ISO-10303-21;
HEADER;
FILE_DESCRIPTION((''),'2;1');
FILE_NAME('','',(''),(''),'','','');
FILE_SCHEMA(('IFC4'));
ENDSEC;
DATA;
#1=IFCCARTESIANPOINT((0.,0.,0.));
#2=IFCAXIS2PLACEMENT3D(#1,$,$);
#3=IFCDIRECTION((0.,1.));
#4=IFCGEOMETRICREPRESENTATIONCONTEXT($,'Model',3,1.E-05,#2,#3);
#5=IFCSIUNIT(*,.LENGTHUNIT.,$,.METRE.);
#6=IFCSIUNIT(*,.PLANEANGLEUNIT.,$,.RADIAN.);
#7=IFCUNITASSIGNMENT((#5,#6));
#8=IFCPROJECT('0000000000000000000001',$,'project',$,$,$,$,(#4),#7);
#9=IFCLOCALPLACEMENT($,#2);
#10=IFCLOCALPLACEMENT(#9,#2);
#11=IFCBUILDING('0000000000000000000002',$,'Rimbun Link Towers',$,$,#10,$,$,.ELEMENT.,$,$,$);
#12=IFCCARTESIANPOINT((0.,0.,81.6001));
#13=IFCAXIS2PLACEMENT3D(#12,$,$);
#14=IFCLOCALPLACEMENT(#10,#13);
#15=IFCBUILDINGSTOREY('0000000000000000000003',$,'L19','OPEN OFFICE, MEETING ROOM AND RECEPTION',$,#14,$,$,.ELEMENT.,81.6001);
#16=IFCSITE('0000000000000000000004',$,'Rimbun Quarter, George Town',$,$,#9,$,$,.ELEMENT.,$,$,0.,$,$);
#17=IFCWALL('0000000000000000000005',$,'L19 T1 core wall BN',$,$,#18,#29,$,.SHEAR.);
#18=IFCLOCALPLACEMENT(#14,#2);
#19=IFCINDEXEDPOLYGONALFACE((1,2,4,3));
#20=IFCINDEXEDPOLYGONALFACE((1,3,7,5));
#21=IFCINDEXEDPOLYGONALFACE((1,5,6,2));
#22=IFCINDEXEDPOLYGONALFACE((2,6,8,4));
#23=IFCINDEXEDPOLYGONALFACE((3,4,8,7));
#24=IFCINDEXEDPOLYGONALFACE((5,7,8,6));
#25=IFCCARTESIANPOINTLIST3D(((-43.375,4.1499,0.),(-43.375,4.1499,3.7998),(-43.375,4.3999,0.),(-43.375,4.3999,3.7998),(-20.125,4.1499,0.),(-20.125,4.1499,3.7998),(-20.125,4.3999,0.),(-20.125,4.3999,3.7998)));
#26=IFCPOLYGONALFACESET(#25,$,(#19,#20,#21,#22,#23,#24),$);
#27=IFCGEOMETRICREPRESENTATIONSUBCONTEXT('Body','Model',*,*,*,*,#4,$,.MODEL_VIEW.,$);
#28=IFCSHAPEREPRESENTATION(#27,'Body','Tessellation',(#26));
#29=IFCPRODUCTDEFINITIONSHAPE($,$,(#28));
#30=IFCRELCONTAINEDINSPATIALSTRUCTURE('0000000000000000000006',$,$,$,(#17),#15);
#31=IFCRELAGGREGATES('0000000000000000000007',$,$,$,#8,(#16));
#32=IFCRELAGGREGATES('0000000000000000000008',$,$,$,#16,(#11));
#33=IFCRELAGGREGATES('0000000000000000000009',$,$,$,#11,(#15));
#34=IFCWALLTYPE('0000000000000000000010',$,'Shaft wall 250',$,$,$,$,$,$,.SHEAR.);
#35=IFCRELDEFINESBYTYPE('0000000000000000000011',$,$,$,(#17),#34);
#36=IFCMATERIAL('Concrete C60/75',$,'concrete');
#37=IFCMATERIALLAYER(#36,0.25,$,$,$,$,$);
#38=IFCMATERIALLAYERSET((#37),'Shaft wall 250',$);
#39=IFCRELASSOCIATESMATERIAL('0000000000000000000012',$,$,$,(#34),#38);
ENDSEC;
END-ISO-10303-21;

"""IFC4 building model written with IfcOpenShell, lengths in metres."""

from ifc_helpers import new_model, si_unit, direction, frame, frame_2d, origin, place, context, subcontext, project, spatial, rectangle, extrude, material, layer, layer_set, type_object, element, save


model = new_model("IFC4")

# Units and contexts
model_context = context("Model", 3, precision=1e-05, world=origin(), true_north=direction((0.0, 1.0)))
body_context = subcontext(model_context, "Body", "Model", "MODEL_VIEW")
ifc_project = project(units=[si_unit("LENGTHUNIT", "METRE"), si_unit("PLANEANGLEUNIT", "RADIAN")], contexts=[model_context])

# Site, building, storey
site_placement = place(None, origin())
site = spatial("IfcSite", under=ifc_project, at=site_placement, Name="Rimbun Quarter, George Town", CompositionType="ELEMENT", RefElevation=0.0)
building_placement = place(site_placement, origin())
building = spatial("IfcBuilding", under=site, at=building_placement, Name="Rimbun Link Towers", CompositionType="ELEMENT")
storey_placement = place(building_placement, frame((0.0, 0.0, 81.6001)))
storey = spatial("IfcBuildingStorey", under=building, at=storey_placement, Name="L19", Description="OPEN OFFICE, MEETING ROOM AND RECEPTION", CompositionType="ELEMENT", Elevation=81.6001)

# Wall
ifc_material_1 = material(Name="Concrete C60/75", Category="concrete")
ifc_layer_1 = layer(ifc_material_1, 0.25)
ifc_layer_set_1 = layer_set([ifc_layer_1], Name="Shaft wall 250")
wall_type_1 = type_object("IfcWallType", Name="Shaft wall 250", PredefinedType="SHEAR", material=ifc_layer_set_1)
wall_1_placement = place(storey_placement, frame((-43.375, 4.2749, 0.0), z_axis=(0.0, 0.0, 1.0), x_axis=(1.0, 0.0, 0.0)))
element("IfcWall", 1, at=wall_1_placement, inside=storey, type_object=wall_type_1, Name="L19 T1 core wall BN", PredefinedType="SHEAR", context=body_context, shape_type="SweptSolid", body=[
    extrude(rectangle(XDim=23.25, YDim=0.25, at=frame_2d((11.625, 0.0))), origin(), (0.0, 0.0, 1.0), 3.7998),
])

save(model, "model.ifc")
